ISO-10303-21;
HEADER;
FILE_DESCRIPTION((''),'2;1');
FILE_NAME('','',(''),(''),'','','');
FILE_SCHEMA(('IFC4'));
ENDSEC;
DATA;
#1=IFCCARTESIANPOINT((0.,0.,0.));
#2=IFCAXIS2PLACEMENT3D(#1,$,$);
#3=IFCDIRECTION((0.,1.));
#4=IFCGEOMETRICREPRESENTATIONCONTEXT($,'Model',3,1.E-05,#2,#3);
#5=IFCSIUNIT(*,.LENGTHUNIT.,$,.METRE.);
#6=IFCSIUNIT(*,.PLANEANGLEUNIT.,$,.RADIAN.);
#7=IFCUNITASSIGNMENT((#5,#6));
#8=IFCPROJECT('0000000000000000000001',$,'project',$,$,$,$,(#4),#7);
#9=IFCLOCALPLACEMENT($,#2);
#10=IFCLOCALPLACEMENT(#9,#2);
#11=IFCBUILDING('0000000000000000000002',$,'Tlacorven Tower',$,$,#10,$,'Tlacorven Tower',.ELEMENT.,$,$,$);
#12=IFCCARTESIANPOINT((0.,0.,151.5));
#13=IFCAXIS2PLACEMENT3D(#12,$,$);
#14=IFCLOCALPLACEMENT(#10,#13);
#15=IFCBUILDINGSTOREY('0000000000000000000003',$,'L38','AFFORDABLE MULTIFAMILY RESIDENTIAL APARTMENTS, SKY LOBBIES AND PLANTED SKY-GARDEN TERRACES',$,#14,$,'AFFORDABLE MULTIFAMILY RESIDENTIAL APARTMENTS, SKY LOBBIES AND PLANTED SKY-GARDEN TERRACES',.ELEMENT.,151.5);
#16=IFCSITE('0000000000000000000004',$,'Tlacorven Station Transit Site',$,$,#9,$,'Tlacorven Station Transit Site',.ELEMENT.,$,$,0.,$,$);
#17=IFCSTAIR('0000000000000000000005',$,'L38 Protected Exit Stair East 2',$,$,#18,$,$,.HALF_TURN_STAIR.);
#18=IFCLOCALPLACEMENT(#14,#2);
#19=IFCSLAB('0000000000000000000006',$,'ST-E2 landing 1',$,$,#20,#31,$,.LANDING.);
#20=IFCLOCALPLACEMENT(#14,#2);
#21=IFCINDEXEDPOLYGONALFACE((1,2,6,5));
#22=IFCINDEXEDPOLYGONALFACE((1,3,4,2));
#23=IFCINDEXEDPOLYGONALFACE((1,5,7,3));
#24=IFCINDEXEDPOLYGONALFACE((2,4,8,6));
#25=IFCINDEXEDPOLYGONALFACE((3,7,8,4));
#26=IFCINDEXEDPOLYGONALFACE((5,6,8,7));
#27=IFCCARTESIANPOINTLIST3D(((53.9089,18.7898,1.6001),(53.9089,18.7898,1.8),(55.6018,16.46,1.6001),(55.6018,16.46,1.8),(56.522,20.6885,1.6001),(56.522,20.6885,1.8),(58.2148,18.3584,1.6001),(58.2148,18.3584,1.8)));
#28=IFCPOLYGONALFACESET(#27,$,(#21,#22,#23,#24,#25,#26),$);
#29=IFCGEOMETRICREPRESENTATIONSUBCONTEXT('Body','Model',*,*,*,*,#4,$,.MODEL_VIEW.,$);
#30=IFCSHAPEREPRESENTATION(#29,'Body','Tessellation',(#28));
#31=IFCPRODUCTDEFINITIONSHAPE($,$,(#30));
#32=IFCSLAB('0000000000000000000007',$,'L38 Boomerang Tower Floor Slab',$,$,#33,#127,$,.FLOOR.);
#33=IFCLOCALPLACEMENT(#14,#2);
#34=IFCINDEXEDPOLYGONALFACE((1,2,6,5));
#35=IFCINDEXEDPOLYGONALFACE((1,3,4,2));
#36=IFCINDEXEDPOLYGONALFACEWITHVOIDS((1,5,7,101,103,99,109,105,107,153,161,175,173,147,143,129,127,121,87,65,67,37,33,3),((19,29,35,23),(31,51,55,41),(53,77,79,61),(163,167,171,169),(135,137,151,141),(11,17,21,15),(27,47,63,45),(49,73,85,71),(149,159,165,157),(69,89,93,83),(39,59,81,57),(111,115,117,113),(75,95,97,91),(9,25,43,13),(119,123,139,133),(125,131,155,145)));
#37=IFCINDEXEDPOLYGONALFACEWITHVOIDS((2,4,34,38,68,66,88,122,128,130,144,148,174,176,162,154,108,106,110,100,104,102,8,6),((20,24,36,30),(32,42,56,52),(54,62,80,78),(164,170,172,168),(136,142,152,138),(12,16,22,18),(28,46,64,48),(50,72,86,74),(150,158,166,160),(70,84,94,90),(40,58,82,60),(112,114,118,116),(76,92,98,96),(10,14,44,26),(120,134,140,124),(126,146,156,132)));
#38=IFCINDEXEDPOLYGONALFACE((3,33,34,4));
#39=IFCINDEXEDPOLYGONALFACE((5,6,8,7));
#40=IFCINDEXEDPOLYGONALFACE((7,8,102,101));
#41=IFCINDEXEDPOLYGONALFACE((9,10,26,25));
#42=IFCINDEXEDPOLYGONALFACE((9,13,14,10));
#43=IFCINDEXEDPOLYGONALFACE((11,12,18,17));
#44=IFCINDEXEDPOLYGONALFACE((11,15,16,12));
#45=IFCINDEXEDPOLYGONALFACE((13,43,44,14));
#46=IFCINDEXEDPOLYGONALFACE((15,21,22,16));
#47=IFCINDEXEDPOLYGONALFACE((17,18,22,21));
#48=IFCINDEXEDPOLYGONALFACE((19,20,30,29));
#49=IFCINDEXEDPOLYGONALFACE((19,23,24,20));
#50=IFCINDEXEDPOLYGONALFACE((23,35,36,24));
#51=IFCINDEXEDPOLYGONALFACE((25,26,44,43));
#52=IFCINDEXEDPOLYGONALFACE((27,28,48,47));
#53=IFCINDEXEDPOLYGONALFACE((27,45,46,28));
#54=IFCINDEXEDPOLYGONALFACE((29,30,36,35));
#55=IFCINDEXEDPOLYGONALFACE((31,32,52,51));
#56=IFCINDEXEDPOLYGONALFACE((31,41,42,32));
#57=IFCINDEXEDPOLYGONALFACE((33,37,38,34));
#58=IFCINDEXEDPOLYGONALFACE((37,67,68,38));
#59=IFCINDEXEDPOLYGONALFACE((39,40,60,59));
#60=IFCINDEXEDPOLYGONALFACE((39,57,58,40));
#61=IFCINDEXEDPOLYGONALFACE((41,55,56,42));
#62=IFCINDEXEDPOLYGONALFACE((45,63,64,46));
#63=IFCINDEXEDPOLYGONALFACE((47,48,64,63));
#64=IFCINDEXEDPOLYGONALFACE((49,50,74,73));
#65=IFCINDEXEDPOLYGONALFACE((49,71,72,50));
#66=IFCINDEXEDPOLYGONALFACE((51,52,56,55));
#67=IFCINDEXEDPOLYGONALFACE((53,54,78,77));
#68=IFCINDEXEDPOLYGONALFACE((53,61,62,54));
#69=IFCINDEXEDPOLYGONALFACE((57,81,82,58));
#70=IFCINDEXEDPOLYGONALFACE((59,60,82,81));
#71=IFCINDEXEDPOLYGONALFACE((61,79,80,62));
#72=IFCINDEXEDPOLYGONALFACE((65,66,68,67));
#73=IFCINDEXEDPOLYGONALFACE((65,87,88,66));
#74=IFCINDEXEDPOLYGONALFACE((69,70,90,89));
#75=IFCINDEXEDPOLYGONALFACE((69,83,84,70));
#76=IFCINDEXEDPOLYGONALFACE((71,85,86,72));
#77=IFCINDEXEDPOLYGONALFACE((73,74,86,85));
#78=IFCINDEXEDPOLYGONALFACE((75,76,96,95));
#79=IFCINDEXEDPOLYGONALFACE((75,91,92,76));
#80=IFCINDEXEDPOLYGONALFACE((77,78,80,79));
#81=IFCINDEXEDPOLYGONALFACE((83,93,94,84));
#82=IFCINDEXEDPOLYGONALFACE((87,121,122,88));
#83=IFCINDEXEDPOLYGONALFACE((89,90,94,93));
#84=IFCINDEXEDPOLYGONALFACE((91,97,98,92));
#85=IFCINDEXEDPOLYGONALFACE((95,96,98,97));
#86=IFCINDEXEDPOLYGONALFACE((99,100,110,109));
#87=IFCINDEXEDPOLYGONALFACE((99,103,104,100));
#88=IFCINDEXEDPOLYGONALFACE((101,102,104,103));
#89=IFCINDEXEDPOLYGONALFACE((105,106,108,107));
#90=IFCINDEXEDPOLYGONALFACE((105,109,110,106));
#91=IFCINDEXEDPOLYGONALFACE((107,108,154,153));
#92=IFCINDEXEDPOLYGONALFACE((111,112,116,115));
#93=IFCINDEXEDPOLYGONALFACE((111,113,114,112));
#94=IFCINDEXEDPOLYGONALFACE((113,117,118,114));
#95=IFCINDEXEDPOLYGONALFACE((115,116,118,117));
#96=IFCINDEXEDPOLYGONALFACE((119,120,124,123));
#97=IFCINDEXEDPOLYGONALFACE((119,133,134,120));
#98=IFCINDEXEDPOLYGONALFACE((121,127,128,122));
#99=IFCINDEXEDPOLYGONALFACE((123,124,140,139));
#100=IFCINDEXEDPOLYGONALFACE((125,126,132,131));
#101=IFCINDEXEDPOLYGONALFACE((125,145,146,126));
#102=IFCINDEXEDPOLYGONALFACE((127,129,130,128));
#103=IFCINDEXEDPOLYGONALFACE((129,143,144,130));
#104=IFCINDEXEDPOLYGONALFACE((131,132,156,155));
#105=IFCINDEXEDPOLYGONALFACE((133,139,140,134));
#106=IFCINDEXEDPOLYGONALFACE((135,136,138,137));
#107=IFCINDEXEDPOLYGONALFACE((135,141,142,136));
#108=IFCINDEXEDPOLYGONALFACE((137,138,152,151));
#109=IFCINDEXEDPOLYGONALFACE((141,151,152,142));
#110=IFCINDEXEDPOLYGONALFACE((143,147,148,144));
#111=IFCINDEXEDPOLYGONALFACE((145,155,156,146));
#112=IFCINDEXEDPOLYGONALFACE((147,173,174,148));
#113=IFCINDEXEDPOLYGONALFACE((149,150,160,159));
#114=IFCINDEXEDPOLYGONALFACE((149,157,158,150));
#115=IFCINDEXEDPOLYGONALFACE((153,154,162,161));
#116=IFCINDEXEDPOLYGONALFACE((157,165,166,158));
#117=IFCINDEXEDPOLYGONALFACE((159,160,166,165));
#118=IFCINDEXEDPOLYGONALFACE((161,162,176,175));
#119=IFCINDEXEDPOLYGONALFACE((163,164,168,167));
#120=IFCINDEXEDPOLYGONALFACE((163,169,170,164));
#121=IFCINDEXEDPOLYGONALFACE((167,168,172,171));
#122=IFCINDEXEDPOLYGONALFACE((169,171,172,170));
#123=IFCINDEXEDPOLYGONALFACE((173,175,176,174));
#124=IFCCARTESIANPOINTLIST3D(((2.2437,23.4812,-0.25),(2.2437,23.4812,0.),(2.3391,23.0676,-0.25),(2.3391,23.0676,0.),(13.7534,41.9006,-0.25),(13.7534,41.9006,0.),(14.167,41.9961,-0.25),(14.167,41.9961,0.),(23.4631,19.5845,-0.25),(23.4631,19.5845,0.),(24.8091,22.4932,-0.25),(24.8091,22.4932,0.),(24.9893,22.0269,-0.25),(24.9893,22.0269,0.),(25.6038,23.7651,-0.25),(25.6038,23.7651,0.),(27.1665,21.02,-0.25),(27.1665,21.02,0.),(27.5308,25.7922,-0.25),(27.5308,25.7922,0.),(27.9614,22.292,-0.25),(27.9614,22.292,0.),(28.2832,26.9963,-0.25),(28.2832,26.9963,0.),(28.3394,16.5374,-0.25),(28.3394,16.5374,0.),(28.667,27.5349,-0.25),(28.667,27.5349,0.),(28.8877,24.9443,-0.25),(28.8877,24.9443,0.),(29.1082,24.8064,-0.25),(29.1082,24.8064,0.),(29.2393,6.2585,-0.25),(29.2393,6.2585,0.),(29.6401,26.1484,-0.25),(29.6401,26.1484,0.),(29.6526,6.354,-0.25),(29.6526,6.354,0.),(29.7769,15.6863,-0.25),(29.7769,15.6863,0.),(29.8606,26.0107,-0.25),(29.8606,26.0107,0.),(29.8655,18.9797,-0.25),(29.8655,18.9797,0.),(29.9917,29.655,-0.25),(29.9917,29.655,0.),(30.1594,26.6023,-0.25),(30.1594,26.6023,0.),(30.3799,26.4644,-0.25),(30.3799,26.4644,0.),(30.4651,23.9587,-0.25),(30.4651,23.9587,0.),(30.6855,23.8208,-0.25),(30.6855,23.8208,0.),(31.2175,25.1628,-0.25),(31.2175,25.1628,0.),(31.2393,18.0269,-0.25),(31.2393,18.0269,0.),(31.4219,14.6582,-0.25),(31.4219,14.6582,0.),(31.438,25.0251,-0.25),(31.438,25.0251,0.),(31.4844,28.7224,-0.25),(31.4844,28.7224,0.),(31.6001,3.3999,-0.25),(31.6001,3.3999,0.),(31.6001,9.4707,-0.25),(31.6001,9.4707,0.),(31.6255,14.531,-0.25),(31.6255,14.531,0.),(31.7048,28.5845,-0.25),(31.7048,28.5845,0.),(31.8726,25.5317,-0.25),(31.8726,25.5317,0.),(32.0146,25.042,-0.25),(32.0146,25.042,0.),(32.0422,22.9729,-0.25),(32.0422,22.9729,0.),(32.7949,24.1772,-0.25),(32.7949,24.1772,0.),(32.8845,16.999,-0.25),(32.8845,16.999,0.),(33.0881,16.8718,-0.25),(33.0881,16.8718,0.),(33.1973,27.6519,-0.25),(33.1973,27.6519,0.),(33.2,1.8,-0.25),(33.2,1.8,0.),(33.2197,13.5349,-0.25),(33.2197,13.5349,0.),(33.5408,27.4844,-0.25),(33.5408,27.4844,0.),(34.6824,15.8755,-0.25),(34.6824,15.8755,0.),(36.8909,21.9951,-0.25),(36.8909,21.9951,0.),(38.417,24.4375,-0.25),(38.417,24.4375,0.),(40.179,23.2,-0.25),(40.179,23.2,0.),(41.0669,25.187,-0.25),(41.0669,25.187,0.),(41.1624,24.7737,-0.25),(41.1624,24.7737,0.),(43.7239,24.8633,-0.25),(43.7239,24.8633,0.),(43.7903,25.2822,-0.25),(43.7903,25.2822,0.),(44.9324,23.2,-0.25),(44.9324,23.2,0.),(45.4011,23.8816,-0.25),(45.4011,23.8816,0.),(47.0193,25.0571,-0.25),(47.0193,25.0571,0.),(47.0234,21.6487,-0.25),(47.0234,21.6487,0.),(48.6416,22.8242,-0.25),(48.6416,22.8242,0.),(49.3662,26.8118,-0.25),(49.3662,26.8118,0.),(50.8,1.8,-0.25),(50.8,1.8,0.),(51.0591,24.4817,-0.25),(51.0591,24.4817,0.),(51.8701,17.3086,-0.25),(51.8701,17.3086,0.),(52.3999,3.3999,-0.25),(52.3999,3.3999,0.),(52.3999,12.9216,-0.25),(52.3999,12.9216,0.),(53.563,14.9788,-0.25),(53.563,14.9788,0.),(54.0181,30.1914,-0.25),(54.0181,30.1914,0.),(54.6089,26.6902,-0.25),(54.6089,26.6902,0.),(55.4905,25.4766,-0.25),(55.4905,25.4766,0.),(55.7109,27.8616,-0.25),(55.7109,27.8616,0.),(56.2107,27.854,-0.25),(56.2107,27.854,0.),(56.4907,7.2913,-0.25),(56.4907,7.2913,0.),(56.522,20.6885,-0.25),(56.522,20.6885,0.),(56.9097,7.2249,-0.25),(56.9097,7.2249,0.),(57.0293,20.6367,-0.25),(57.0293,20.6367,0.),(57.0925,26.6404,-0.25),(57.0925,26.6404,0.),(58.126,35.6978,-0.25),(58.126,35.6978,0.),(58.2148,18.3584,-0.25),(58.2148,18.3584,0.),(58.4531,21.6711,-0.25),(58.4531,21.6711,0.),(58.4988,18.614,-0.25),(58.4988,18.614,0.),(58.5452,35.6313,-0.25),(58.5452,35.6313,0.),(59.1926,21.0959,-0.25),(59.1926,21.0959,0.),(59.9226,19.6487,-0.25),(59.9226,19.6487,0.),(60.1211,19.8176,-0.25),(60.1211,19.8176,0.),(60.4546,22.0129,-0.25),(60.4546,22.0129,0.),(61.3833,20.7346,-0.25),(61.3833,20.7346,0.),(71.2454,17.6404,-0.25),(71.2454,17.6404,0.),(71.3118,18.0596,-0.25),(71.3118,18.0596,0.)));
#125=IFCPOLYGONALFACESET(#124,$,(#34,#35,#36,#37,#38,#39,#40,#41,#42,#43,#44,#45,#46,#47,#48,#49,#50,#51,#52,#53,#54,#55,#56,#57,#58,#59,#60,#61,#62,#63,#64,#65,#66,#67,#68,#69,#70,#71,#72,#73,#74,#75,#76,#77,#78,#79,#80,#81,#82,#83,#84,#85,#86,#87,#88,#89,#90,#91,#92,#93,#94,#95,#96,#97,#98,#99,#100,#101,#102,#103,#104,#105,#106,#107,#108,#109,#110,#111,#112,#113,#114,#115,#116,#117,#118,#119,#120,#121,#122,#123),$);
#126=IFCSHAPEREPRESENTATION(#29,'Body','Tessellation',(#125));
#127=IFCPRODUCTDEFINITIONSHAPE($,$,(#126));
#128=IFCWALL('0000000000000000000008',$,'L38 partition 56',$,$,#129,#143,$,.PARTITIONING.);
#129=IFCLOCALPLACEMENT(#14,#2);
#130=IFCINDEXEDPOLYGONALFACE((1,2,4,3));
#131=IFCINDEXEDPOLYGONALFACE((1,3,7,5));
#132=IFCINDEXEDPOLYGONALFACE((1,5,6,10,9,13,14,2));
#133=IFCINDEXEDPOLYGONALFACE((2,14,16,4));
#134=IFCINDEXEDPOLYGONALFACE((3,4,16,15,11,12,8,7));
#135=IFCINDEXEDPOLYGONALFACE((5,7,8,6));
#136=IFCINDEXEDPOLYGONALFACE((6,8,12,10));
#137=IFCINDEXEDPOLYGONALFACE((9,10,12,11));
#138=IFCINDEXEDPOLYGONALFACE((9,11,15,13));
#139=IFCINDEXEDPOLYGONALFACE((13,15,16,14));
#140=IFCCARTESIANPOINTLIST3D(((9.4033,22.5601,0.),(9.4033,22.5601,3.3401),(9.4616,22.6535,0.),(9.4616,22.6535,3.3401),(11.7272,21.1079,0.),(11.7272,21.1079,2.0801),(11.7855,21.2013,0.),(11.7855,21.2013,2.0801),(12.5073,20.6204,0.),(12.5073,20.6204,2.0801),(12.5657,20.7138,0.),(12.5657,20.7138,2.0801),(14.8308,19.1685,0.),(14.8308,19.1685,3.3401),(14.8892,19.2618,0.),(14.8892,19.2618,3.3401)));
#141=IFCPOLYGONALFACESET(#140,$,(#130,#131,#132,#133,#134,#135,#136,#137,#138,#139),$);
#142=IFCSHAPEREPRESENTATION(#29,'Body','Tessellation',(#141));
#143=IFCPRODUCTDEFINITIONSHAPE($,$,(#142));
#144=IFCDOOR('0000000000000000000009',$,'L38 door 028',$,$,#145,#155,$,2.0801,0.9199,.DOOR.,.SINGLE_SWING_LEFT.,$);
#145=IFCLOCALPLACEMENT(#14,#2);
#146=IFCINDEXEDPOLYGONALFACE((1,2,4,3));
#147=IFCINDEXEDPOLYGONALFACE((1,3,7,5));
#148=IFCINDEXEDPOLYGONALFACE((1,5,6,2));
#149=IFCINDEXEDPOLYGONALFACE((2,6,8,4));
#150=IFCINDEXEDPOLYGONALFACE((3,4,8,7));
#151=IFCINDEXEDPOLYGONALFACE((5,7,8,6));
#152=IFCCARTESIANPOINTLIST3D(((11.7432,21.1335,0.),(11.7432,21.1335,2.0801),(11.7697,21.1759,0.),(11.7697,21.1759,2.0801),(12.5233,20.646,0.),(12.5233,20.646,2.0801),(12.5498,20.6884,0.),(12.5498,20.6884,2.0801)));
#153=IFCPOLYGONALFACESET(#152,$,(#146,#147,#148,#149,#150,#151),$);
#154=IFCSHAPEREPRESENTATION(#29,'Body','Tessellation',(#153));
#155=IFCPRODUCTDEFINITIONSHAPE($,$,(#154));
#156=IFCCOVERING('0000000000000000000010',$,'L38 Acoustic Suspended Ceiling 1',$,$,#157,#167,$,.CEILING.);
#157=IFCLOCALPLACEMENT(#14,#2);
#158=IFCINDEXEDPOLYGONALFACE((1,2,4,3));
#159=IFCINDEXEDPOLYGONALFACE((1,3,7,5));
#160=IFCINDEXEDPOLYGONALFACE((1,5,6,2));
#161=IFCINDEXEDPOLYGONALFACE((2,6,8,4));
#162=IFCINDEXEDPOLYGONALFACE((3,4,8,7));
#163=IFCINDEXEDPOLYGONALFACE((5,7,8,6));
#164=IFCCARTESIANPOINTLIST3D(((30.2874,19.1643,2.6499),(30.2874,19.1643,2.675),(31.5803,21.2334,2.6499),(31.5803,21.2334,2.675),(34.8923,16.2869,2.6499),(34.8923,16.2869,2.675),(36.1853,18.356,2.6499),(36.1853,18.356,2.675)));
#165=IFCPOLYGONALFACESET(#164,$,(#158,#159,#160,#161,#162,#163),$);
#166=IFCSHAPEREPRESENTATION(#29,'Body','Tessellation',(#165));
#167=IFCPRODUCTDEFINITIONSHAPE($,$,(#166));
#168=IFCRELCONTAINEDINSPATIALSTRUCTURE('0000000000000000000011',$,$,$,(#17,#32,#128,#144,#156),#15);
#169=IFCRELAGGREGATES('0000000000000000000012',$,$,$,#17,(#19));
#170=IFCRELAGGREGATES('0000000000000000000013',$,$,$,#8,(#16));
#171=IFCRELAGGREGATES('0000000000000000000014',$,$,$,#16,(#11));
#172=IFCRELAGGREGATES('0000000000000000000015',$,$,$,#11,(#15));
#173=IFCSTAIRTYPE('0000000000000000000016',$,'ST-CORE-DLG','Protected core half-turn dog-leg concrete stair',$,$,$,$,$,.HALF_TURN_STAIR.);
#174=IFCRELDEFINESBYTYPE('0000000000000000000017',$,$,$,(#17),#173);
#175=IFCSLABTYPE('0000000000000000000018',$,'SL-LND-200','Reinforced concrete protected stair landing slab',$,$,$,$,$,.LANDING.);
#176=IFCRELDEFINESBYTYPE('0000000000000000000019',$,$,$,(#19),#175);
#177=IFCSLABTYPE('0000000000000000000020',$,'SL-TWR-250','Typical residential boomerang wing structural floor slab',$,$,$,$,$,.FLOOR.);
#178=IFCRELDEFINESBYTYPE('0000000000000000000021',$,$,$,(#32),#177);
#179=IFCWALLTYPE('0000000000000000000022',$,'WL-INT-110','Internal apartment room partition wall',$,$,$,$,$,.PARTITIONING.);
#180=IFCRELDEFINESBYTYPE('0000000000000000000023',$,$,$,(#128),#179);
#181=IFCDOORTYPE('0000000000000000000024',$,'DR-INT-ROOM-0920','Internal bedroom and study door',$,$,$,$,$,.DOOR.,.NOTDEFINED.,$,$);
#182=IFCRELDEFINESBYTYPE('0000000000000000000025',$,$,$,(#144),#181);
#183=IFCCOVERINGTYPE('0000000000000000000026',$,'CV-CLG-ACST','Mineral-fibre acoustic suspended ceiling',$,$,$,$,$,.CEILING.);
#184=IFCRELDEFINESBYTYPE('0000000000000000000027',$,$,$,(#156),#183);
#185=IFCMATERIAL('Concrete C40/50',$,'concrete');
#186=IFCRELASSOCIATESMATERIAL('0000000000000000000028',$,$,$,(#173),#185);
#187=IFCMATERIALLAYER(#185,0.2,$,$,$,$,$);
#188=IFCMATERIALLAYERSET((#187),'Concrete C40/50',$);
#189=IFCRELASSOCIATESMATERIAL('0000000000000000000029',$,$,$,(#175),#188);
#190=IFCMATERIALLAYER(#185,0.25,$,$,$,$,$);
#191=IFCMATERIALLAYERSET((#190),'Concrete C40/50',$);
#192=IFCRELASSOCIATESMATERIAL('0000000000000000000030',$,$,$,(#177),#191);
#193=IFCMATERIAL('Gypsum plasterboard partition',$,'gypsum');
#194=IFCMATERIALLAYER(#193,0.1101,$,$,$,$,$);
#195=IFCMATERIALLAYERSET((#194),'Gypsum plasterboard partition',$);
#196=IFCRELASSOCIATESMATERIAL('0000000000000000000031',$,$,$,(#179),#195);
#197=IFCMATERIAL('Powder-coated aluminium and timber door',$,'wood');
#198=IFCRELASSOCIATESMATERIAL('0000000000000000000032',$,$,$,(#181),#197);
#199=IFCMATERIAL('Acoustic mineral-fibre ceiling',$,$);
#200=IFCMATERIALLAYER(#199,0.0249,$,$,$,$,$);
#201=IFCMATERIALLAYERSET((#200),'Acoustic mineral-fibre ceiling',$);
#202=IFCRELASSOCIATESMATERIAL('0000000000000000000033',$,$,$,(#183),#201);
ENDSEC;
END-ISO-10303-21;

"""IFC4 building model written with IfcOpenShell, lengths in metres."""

from ifc_helpers import new_model, si_unit, direction, frame, frame_2d, origin, place, context, subcontext, project, spatial, polyline, rectangle, outline, extrude, source, transform, mapped, material, layer, layer_set, type_object, element, fill, aggregate, save


model = new_model("IFC4")

# Units and contexts
model_context = context("Model", 3, precision=1e-05, world=origin(), true_north=direction((0.0, 1.0)))
body_context = subcontext(model_context, "Body", "Model", "MODEL_VIEW")
ifc_project = project(units=[si_unit("LENGTHUNIT", "METRE"), si_unit("PLANEANGLEUNIT", "RADIAN")], contexts=[model_context])

# Site, building, storey
site_placement = place(None, origin())
site = spatial("IfcSite", under=ifc_project, at=site_placement, Name="Tlacorven Station Transit Site", LongName="Tlacorven Station Transit Site", CompositionType="ELEMENT", RefElevation=0.0)
building_placement = place(site_placement, origin())
building = spatial("IfcBuilding", under=site, at=building_placement, Name="Tlacorven Tower", LongName="Tlacorven Tower", CompositionType="ELEMENT")
storey_placement = place(building_placement, frame((0.0, 0.0, 151.5)))
storey = spatial("IfcBuildingStorey", under=building, at=storey_placement, Name="L38", Description="AFFORDABLE MULTIFAMILY RESIDENTIAL APARTMENTS, SKY LOBBIES AND PLANTED SKY-GARDEN TERRACES", LongName="AFFORDABLE MULTIFAMILY RESIDENTIAL APARTMENTS, SKY LOBBIES AND PLANTED SKY-GARDEN TERRACES", CompositionType="ELEMENT", Elevation=151.5)

# Stair, slab
ifc_material_1 = material(Name="Concrete C40/50", Category="concrete")
stair_type = type_object("IfcStairType", Name="ST-CORE-DLG", Description="Protected core half-turn dog-leg concrete stair", PredefinedType="HALF_TURN_STAIR", material=ifc_material_1)
ifc_layer_1 = layer(ifc_material_1, 0.2)
ifc_layer_set_1 = layer_set([ifc_layer_1], Name="Concrete C40/50")
slab_type_1 = type_object("IfcSlabType", Name="SL-LND-200", Description="Reinforced concrete protected stair landing slab", PredefinedType="LANDING", material=ifc_layer_set_1)
stair_1_placement = place(storey_placement, origin())
stair_1 = element("IfcStair", 1, at=stair_1_placement, inside=storey, type_object=stair_type, Name="L38 Protected Exit Stair East 2", PredefinedType="HALF_TURN_STAIR")
slab_1_placement = place(storey_placement, frame((0.0, 0.0, 1.6001)))
slab_1 = element("IfcSlab", 2, at=slab_1_placement, type_object=slab_type_1, Name="ST-E2 landing 1", PredefinedType="LANDING", context=body_context, shape_type="SweptSolid", body=[
    extrude(outline(polyline([(55.6018, 16.46), (58.2148, 18.3584), (56.522, 20.6885), (53.9089, 18.7898), (55.6018, 16.46)])), origin(), (0.0, 0.0, 1.0), 0.2),
])
aggregate(stair_1, [slab_1])

# Slab
ifc_layer_2 = layer(ifc_material_1, 0.25)
ifc_layer_set_2 = layer_set([ifc_layer_2], Name="Concrete C40/50")
slab_type_2 = type_object("IfcSlabType", Name="SL-TWR-250", Description="Typical residential boomerang wing structural floor slab", PredefinedType="FLOOR", material=ifc_layer_set_2)
slab_2_placement = place(storey_placement, frame((0.0, 0.0, -0.25)))
element("IfcSlab", 3, at=slab_2_placement, inside=storey, type_object=slab_type_2, Name="L38 Boomerang Tower Floor Slab", PredefinedType="FLOOR", context=body_context, shape_type="SweptSolid", body=[
    extrude(outline(polyline([(52.3999, 3.3999), (50.8, 1.8), (33.2, 1.8), (31.6001, 3.3999), (31.6001, 9.4707), (29.6526, 6.354), (29.2393, 6.2585), (2.3391, 23.0676), (2.2437, 23.4812), (13.7534, 41.9006), (14.167, 41.9961), (41.0669, 25.187), (41.1624, 24.7737), (40.179, 23.2), (44.9324, 23.2), (43.7239, 24.8633), (43.7903, 25.2822), (58.126, 35.6978), (58.5452, 35.6313), (71.3118, 18.0596), (71.2454, 17.6404), (56.9097, 7.2249), (56.4907, 7.2913), (52.3999, 12.9216), (52.3999, 3.3999)]), holes=[polyline([(29.8655, 18.9797), (24.9893, 22.0269), (23.4631, 19.5845), (28.3394, 16.5374), (29.8655, 18.9797)]), polyline([(38.417, 24.4375), (33.5408, 27.4844), (32.0146, 25.042), (36.8909, 21.9951), (38.417, 24.4375)]), polyline([(51.0591, 24.4817), (55.7109, 27.8616), (54.0181, 30.1914), (49.3662, 26.8118), (51.0591, 24.4817)]), polyline([(53.563, 14.9788), (58.2148, 18.3584), (56.522, 20.6885), (51.8701, 17.3086), (53.563, 14.9788)]), polyline([(34.6824, 15.8755), (33.0881, 16.8718), (31.6255, 14.531), (33.2197, 13.5349), (34.6824, 15.8755)]), polyline([(32.8845, 16.999), (31.2393, 18.0269), (29.7769, 15.6863), (31.4219, 14.6582), (32.8845, 16.999)]), polyline([(47.0234, 21.6487), (48.6416, 22.8242), (47.0193, 25.0571), (45.4011, 23.8816), (47.0234, 21.6487)]), polyline([(33.1973, 27.6519), (31.7048, 28.5845), (30.3799, 26.4644), (31.8726, 25.5317), (33.1973, 27.6519)]), polyline([(31.4844, 28.7224), (29.9917, 29.655), (28.667, 27.5349), (30.1594, 26.6023), (31.4844, 28.7224)]), polyline([(32.7949, 24.1772), (31.438, 25.0251), (30.6855, 23.8208), (32.0422, 22.9729), (32.7949, 24.1772)]), polyline([(31.2175, 25.1628), (29.8606, 26.0107), (29.1082, 24.8064), (30.4651, 23.9587), (31.2175, 25.1628)]), polyline([(29.6401, 26.1484), (28.2832, 26.9963), (27.5308, 25.7922), (28.8877, 24.9443), (29.6401, 26.1484)]), polyline([(58.4988, 18.614), (59.9226, 19.6487), (58.4531, 21.6711), (57.0293, 20.6367), (58.4988, 18.614)]), polyline([(27.9614, 22.292), (25.6038, 23.7651), (24.8091, 22.4932), (27.1665, 21.02), (27.9614, 22.292)]), polyline([(55.4905, 25.4766), (57.0925, 26.6404), (56.2107, 27.854), (54.6089, 26.6902), (55.4905, 25.4766)]), polyline([(60.1211, 19.8176), (61.3833, 20.7346), (60.4546, 22.0129), (59.1926, 21.0959), (60.1211, 19.8176)])]), origin(), (0.0, 0.0, 1.0), 0.25),
])

# Wall, opening, door
ifc_material_2 = material(Name="Gypsum plasterboard partition", Category="gypsum")
ifc_layer_3 = layer(ifc_material_2, 0.1101)
ifc_layer_set_3 = layer_set([ifc_layer_3], Name="Gypsum plasterboard partition")
wall_type = type_object("IfcWallType", Name="WL-INT-110", Description="Internal apartment room partition wall", PredefinedType="PARTITIONING", material=ifc_layer_set_3)
wall_placement = place(storey_placement, frame((14.8601, 19.2151, 0.0), z_axis=(0.0, 0.0, 1.0), x_axis=(-0.848039, 0.529934, 0.0)))
wall = element("IfcWall", 4, at=wall_placement, inside=storey, type_object=wall_type, Name="L38 partition 56", PredefinedType="PARTITIONING", context=body_context, shape_type="SweptSolid", body=[
    extrude(rectangle(XDim=6.4001, YDim=0.1101, at=frame_2d((3.2002, 0.0))), origin(), (0.0, 0.0, 1.0), 3.3401),
])
opening_placement = place(wall_placement, frame((2.74, 0.0, 0.0)))
opening = element("IfcOpeningElement", 5, at=opening_placement, cuts=wall, PredefinedType="OPENING", context=body_context, shape_type="SweptSolid", body=[
    extrude(rectangle(XDim=0.9199, YDim=2.0801, at=frame_2d((0.46, 1.04))), frame((0.0, 0.0649, 0.0), z_axis=(0.0, -1.0, 0.0), x_axis=(1.0, 0.0, 0.0)), (0.0, 0.0, 1.0), 0.1301),
])
ifc_material_3 = material(Name="Powder-coated aluminium and timber door", Category="wood")
door_type = type_object("IfcDoorType", Name="DR-INT-ROOM-0920", Description="Internal bedroom and study door", OperationType="NOTDEFINED", PredefinedType="DOOR", material=ifc_material_3)
shared_shape_1 = source(origin(), body_context, "Body", "SweptSolid", [
    extrude(rectangle(XDim=0.9199, YDim=2.0801, at=frame_2d((0.46, 1.04))), frame((0.0, 0.0249, 0.0), z_axis=(0.0, -1.0, 0.0), x_axis=(1.0, 0.0, 0.0)), (0.0, 0.0, 1.0), 0.05),
])
door_placement = place(opening_placement, origin())
door = element("IfcDoor", 6, at=door_placement, inside=storey, type_object=door_type, Name="L38 door 028", OperationType="SINGLE_SWING_LEFT", OverallHeight=2.0801, OverallWidth=0.9199, PredefinedType="DOOR", context=body_context, shape_type="MappedRepresentation", body=[
    mapped(shared_shape_1, transform((0.0, 0.0, 0.0), scale=1.0)),
])
fill(opening, door)

# Covering
ifc_material_4 = material(Name="Acoustic mineral-fibre ceiling")
ifc_layer_4 = layer(ifc_material_4, 0.0249)
ifc_layer_set_4 = layer_set([ifc_layer_4], Name="Acoustic mineral-fibre ceiling")
covering_type_1 = type_object("IfcCoveringType", Name="CV-CLG-ACST", Description="Mineral-fibre acoustic suspended ceiling", PredefinedType="CEILING", material=ifc_layer_set_4)
covering_1_placement = place(storey_placement, frame((0.0, 0.0, 2.6499)))
element("IfcCovering", 7, at=covering_1_placement, inside=storey, type_object=covering_type_1, Name="L38 Acoustic Suspended Ceiling 1", PredefinedType="CEILING", context=body_context, shape_type="SweptSolid", body=[
    extrude(outline(polyline([(36.1853, 18.356), (34.8923, 16.2869), (30.2874, 19.1643), (31.5803, 21.2334), (36.1853, 18.356)])), origin(), (0.0, 0.0, 1.0), 0.0251),
])

save(model, "model.ifc")
